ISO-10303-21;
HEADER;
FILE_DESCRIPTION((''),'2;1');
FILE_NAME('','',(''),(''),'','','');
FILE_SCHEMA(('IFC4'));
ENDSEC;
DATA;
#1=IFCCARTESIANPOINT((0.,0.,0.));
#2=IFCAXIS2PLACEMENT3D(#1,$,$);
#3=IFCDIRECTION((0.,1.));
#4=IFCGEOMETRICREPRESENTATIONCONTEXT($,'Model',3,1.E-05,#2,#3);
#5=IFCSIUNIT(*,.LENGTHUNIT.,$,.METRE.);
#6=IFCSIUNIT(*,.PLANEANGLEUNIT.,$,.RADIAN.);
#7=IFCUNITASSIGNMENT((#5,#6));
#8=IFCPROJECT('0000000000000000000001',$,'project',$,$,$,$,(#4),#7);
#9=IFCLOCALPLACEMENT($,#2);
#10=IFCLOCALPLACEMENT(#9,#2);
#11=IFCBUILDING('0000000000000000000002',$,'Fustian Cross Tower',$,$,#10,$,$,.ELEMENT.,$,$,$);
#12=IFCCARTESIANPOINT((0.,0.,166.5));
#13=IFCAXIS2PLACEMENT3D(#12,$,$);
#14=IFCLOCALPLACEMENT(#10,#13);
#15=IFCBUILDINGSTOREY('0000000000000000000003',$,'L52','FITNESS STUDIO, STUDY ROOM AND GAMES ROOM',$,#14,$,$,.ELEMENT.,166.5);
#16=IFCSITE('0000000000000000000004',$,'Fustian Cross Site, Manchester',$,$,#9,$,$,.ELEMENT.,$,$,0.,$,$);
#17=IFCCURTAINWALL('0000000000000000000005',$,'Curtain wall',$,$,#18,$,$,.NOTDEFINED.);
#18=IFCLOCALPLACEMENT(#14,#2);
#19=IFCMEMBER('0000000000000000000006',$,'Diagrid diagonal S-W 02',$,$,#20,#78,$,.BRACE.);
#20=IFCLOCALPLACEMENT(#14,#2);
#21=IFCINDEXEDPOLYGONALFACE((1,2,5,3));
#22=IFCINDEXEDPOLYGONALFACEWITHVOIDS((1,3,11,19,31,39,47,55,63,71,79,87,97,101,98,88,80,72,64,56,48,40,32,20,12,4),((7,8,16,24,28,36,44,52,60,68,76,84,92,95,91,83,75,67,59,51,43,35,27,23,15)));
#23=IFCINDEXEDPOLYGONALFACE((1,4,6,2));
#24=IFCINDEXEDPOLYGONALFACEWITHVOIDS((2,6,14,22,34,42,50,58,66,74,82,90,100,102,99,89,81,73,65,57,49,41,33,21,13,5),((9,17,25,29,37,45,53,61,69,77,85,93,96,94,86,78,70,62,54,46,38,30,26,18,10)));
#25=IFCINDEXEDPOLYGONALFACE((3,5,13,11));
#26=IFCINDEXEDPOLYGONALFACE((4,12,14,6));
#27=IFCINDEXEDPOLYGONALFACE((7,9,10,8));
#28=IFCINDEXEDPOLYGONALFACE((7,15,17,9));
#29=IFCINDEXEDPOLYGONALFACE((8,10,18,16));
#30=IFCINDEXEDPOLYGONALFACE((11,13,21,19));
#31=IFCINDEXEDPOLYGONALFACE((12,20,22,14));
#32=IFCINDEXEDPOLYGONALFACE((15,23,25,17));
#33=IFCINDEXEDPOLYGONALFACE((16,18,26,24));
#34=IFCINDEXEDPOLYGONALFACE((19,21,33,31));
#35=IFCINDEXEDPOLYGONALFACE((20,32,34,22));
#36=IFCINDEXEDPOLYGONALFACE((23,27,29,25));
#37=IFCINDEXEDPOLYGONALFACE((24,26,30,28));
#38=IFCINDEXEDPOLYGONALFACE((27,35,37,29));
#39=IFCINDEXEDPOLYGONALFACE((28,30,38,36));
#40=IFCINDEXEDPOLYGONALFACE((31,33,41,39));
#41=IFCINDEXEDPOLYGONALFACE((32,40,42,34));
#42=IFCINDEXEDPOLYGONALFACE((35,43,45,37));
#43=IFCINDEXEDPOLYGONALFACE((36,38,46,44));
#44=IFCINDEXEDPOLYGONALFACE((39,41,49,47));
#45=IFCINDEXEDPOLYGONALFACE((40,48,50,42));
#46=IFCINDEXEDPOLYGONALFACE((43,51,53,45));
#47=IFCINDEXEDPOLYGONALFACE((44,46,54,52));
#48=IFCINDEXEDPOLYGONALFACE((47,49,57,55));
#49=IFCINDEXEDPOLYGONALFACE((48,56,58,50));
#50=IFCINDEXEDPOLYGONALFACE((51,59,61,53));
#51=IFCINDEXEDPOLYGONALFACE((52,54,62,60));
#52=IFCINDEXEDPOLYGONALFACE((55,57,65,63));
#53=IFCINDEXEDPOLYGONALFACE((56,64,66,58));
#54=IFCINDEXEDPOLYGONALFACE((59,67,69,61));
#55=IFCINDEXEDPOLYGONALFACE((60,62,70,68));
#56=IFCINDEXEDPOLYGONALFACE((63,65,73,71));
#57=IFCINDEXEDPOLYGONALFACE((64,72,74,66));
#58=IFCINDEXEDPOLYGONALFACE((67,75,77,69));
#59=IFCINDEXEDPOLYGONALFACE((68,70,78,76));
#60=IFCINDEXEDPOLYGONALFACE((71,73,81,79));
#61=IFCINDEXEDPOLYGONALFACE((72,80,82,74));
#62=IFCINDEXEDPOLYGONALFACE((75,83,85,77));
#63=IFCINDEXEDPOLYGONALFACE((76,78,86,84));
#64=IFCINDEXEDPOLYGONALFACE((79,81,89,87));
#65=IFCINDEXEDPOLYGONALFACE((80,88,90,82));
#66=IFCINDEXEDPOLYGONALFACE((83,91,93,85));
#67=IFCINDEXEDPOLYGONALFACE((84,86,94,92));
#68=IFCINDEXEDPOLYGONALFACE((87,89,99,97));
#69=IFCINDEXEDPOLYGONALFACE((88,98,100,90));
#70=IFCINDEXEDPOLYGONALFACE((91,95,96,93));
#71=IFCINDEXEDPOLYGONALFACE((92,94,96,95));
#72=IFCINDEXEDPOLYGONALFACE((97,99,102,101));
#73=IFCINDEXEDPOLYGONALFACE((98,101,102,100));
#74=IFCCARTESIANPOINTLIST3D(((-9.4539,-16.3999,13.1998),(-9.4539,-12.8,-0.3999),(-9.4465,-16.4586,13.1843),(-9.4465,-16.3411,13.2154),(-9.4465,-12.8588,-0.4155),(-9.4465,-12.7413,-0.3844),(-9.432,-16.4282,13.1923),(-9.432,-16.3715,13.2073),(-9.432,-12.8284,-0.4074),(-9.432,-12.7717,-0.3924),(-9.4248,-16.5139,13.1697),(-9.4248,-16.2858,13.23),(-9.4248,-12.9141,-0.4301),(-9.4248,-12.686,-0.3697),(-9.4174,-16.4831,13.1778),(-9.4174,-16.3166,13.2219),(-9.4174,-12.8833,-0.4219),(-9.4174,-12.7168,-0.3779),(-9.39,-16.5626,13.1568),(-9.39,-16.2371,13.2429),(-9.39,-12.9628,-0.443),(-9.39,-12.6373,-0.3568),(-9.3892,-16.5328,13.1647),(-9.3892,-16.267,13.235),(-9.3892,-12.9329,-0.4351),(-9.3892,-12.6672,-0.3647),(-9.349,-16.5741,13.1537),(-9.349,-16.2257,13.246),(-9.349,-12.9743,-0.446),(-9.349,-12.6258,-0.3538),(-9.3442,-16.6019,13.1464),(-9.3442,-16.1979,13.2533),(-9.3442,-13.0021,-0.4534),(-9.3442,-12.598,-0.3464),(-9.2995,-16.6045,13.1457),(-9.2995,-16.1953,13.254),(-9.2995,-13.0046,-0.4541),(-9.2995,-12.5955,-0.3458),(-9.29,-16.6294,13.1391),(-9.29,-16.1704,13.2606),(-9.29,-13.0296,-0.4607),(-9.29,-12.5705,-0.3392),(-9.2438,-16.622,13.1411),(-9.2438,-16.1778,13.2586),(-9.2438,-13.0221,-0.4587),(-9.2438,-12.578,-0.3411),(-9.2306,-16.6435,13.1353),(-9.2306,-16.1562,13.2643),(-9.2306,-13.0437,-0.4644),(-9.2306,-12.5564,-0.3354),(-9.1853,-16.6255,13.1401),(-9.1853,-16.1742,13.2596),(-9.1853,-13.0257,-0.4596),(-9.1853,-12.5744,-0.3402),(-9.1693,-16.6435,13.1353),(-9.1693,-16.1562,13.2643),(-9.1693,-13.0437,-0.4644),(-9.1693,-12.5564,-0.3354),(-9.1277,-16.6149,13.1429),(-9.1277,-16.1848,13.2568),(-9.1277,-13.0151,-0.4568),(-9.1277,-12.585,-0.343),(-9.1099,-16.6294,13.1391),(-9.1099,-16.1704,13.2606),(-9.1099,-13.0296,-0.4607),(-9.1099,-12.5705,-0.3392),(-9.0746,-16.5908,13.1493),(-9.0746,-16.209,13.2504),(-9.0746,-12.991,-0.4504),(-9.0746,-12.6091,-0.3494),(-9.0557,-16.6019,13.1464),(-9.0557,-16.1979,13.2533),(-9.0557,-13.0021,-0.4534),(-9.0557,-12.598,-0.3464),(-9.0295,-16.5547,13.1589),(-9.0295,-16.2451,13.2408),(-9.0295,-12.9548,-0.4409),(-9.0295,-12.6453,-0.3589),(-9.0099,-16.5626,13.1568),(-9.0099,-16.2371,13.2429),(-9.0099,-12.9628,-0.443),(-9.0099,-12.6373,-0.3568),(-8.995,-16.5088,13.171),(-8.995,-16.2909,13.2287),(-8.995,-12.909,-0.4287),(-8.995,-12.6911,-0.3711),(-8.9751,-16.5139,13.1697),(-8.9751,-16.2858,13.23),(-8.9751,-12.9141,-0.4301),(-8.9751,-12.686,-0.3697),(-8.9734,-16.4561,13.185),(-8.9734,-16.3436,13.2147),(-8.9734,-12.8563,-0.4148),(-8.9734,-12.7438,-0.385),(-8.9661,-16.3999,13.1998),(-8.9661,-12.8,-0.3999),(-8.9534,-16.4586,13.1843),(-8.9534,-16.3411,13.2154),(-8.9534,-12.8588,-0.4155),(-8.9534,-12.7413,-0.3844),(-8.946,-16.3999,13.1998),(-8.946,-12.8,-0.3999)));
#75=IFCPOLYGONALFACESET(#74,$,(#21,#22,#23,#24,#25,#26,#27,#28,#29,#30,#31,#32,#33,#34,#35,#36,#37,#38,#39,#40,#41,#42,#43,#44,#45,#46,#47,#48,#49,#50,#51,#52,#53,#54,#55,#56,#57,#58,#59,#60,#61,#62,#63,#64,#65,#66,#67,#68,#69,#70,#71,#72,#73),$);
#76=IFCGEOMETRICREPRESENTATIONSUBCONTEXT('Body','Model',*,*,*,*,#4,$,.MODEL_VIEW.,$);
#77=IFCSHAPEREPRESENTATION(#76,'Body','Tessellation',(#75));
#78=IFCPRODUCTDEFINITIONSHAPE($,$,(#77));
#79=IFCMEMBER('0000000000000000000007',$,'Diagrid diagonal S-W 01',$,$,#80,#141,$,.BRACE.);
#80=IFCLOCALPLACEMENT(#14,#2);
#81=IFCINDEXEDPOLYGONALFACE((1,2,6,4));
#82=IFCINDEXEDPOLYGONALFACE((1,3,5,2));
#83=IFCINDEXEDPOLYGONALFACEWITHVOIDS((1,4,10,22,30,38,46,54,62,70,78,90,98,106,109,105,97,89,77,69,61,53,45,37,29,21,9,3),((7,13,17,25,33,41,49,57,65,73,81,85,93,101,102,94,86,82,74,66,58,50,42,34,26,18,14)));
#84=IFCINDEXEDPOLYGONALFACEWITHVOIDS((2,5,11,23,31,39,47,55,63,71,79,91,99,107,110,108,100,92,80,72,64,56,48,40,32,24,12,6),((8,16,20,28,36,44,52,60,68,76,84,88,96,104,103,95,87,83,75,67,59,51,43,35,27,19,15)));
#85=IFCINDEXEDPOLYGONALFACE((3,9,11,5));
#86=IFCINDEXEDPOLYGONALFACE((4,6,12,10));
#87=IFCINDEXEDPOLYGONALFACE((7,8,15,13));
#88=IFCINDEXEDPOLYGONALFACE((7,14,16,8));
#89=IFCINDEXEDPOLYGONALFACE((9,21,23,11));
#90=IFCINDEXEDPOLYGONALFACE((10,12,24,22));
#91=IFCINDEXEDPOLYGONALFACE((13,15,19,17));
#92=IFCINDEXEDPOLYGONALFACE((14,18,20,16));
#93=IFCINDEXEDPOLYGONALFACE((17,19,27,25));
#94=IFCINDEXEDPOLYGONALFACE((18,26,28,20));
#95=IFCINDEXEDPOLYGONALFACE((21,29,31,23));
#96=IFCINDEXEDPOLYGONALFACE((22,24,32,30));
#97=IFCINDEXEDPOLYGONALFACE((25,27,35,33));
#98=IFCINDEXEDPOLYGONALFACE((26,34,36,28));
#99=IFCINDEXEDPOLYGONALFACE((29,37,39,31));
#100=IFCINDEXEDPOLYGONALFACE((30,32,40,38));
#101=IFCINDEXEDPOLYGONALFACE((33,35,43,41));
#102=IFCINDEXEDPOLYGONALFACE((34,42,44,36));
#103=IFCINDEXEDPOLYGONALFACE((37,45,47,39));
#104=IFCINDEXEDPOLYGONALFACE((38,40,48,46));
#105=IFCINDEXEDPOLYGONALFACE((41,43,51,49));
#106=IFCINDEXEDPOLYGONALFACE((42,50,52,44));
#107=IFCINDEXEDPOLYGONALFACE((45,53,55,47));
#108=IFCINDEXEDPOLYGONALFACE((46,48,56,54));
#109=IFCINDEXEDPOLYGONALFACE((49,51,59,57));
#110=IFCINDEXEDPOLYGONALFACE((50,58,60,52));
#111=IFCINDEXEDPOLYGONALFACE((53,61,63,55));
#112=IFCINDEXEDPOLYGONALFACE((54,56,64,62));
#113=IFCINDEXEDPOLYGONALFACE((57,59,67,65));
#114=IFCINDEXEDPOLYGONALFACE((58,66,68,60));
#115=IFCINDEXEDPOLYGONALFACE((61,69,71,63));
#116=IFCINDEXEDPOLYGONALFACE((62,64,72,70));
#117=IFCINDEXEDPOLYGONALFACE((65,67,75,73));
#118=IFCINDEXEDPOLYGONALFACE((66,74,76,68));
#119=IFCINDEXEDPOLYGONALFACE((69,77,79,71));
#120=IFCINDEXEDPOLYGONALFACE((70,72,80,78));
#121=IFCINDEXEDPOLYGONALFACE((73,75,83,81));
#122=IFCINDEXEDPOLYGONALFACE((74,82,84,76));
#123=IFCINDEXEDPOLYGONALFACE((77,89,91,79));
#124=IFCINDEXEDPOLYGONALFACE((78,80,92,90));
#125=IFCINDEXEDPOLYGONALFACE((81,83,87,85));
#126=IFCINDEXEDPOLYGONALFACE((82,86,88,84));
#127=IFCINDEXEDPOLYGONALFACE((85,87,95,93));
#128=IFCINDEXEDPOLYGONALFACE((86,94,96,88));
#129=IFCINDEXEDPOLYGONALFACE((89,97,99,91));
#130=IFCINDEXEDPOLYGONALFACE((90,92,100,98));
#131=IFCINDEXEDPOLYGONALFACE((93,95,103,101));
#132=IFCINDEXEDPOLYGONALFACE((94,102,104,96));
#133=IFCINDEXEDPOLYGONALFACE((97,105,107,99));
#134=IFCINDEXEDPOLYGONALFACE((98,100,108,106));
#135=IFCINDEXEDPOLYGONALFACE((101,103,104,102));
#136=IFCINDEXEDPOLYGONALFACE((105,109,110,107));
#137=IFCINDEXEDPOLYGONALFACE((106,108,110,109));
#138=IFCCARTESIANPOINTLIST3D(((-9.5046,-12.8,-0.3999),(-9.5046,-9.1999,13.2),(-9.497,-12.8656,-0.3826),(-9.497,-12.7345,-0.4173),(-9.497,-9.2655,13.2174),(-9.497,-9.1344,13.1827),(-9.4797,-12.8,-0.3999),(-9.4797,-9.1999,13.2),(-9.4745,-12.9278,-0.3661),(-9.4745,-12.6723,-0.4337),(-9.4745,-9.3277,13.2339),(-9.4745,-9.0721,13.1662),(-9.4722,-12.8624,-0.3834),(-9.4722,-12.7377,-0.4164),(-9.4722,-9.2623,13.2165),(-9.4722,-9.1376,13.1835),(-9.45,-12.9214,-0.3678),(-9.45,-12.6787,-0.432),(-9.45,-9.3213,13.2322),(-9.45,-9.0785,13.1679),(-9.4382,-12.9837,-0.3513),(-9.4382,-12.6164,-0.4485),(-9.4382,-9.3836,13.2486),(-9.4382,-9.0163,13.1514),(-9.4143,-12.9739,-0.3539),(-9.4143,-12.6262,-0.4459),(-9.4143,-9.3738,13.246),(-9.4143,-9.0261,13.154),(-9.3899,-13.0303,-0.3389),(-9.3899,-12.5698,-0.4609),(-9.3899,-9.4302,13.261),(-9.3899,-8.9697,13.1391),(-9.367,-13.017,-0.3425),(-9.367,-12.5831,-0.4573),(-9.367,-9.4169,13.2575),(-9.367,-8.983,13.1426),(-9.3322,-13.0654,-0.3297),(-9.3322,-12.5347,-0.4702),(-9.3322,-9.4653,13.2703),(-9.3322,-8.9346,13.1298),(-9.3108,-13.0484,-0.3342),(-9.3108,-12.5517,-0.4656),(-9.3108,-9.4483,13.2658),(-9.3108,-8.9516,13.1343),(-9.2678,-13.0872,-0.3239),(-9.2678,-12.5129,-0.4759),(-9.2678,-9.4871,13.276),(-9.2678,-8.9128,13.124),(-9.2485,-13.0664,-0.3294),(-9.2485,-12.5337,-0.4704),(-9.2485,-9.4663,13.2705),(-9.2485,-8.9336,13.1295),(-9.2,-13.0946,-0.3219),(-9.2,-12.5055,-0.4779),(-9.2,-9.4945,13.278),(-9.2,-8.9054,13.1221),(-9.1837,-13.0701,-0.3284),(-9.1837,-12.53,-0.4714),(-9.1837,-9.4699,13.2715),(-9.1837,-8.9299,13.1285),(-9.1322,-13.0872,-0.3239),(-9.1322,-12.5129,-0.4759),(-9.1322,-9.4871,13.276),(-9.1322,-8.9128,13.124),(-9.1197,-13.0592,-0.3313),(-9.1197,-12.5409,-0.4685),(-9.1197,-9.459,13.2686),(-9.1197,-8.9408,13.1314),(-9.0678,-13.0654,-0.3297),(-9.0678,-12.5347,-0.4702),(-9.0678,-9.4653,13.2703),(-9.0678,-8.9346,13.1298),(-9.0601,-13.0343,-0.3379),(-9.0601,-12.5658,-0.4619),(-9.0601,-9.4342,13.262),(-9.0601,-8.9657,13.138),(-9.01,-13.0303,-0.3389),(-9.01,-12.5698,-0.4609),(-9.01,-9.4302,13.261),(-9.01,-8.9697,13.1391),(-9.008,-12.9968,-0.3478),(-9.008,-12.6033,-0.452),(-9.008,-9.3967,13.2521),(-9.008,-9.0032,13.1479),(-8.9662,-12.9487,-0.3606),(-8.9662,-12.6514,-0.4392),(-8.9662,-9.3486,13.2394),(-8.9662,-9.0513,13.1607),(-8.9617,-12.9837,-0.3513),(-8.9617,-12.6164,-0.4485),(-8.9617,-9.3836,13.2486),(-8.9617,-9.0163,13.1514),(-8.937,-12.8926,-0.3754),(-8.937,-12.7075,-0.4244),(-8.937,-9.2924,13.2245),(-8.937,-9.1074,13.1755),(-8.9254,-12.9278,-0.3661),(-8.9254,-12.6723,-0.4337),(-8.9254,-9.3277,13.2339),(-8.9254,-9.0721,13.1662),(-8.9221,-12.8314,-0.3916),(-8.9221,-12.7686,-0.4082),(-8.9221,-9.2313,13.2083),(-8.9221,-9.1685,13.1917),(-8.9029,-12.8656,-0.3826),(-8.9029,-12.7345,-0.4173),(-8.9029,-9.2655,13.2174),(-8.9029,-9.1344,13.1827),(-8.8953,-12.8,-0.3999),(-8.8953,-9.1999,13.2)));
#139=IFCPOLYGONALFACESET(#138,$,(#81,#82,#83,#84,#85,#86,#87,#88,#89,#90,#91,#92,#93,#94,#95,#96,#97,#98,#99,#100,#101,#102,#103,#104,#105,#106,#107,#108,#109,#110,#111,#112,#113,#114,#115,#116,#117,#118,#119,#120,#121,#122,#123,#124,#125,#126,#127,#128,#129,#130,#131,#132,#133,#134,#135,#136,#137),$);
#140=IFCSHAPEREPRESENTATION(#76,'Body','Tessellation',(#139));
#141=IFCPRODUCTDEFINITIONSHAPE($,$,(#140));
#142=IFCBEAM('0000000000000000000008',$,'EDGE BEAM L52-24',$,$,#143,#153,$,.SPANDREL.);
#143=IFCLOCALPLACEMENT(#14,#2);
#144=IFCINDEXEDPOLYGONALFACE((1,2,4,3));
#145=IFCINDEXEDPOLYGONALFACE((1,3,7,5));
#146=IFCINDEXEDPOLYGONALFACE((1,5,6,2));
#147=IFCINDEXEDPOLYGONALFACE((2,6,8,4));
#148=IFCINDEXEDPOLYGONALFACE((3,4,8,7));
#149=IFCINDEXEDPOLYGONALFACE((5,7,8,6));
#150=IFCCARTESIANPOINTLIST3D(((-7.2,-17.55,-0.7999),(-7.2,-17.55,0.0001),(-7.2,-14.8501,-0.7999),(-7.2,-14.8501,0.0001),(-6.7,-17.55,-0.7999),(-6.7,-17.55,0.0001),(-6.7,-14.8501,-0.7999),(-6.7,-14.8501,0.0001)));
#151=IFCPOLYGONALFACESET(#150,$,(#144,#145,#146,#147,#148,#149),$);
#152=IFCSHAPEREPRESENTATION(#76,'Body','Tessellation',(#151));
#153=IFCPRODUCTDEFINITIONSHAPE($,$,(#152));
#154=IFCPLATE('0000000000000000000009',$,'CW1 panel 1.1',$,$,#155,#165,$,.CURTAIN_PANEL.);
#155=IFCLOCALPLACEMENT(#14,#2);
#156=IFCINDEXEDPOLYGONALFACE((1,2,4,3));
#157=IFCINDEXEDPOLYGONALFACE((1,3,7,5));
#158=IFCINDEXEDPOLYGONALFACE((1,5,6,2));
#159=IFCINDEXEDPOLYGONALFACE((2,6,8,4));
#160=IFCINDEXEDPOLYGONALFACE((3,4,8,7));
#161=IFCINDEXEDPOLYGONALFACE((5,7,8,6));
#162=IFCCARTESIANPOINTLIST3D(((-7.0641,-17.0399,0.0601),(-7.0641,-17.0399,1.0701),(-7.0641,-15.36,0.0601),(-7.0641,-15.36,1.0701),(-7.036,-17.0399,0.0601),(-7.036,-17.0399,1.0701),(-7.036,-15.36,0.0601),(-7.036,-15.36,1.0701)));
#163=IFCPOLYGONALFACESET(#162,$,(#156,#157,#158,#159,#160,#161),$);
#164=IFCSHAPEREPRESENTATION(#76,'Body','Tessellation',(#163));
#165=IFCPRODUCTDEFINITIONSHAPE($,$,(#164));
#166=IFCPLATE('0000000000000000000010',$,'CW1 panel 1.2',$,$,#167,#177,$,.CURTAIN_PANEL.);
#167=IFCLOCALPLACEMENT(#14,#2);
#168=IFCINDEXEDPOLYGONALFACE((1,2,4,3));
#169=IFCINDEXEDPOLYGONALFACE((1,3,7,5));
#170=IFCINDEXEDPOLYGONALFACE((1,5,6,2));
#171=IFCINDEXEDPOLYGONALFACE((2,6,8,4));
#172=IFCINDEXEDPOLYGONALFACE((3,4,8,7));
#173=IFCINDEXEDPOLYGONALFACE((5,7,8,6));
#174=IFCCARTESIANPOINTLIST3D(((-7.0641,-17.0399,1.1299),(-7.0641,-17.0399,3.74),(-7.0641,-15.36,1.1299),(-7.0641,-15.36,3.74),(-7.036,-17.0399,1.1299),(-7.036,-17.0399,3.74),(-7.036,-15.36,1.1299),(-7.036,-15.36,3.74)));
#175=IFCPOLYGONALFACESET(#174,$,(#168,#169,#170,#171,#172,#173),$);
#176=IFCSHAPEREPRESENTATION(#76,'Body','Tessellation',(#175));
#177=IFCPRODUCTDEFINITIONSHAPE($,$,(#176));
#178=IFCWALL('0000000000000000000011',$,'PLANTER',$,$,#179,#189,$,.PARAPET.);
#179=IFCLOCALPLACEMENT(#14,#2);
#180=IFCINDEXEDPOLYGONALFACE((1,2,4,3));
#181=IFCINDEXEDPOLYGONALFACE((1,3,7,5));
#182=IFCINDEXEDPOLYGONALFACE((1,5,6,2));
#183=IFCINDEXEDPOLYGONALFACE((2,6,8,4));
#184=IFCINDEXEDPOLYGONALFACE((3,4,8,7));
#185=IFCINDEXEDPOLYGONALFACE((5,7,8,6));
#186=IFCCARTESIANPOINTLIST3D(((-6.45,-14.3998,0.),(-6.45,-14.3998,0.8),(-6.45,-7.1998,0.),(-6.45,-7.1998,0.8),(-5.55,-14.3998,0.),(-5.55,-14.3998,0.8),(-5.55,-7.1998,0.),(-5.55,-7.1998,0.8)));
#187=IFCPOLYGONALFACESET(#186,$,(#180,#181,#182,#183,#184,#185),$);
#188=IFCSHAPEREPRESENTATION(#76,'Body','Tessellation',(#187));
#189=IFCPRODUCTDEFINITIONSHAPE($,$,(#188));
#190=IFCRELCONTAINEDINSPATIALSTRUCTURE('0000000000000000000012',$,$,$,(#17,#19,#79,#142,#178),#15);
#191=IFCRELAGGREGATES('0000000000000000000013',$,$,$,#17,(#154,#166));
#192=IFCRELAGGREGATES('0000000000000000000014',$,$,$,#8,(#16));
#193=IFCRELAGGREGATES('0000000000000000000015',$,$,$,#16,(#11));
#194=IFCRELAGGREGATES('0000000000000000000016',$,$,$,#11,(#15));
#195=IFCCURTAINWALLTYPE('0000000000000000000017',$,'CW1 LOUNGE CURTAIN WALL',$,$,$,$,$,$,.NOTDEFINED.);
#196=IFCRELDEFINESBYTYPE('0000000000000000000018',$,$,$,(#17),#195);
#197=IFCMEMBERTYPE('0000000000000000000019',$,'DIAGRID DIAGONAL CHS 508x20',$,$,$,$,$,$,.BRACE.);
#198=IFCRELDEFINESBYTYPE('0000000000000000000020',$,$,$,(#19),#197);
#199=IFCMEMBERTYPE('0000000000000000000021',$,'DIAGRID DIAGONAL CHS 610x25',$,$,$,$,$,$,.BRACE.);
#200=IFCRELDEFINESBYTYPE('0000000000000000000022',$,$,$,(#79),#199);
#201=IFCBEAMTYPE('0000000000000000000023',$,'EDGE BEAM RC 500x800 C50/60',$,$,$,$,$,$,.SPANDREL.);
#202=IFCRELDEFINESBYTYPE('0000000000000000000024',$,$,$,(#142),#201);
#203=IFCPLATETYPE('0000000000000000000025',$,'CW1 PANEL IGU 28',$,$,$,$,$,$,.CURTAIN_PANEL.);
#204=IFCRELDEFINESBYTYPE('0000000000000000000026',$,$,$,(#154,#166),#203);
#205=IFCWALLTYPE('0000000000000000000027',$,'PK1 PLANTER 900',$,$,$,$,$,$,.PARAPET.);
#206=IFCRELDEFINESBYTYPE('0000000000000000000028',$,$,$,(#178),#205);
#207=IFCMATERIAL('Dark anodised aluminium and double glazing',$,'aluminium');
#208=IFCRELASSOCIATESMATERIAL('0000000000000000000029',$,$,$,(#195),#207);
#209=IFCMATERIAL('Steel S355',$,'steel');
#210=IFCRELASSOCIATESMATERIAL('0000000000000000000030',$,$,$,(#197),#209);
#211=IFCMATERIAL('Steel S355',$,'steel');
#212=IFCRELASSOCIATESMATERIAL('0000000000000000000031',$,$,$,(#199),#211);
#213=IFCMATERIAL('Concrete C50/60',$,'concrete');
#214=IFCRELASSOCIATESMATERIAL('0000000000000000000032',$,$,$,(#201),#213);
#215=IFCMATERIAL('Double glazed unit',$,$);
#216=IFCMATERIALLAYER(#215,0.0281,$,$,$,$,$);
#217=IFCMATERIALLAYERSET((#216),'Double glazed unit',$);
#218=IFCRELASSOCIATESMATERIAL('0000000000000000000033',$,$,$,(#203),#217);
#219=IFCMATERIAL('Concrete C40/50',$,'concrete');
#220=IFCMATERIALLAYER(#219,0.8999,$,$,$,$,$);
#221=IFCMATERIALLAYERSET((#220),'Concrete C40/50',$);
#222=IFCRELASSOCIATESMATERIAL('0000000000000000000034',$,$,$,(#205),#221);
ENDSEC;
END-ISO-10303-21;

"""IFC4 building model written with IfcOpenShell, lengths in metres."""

from ifc_helpers import new_model, si_unit, direction, frame, frame_2d, origin, origin_2d, place, context, subcontext, project, spatial, rectangle, hollow_circle, extrude, material, layer, layer_set, material_profile, profile_set, type_object, element, aggregate, save


model = new_model("IFC4")

# Units and contexts
model_context = context("Model", 3, precision=1e-05, world=origin(), true_north=direction((0.0, 1.0)))
body_context = subcontext(model_context, "Body", "Model", "MODEL_VIEW")
ifc_project = project(units=[si_unit("LENGTHUNIT", "METRE"), si_unit("PLANEANGLEUNIT", "RADIAN")], contexts=[model_context])

# Site, building, storey
site_placement = place(None, origin())
site = spatial("IfcSite", under=ifc_project, at=site_placement, Name="Fustian Cross Site, Manchester", CompositionType="ELEMENT", RefElevation=0.0)
building_placement = place(site_placement, origin())
building = spatial("IfcBuilding", under=site, at=building_placement, Name="Fustian Cross Tower", CompositionType="ELEMENT")
storey_placement = place(building_placement, frame((0.0, 0.0, 166.5)))
storey = spatial("IfcBuildingStorey", under=building, at=storey_placement, Name="L52", Description="FITNESS STUDIO, STUDY ROOM AND GAMES ROOM", CompositionType="ELEMENT", Elevation=166.5)

# Curtain wall
ifc_material_1 = material(Name="Dark anodised aluminium and double glazing", Category="aluminium")
curtain_wall_type = type_object("IfcCurtainWallType", Name="CW1 LOUNGE CURTAIN WALL", PredefinedType="NOTDEFINED", material=ifc_material_1)
curtain_wall_1_placement = place(storey_placement, origin())
curtain_wall_1 = element("IfcCurtainWall", 1, at=curtain_wall_1_placement, inside=storey, type_object=curtain_wall_type, Name="Curtain wall", PredefinedType="NOTDEFINED")

# Members
ifc_material_2 = material(Name="Steel S355", Category="steel")
ifc_material_profile_1 = material_profile(ifc_material_2, hollow_circle(Radius=0.2539, WallThickness=0.02, at=origin_2d()), Name="CHS 508x20")
ifc_profile_set_1 = profile_set([ifc_material_profile_1], Name="Steel S355")
member_type_1 = type_object("IfcMemberType", Name="DIAGRID DIAGONAL CHS 508x20", PredefinedType="BRACE", material=ifc_profile_set_1)
member_1_placement = place(storey_placement, frame((-9.2, -12.8, -0.3999), z_axis=(0.0, -0.255885, 0.966707), x_axis=(1.0, 0.0, 0.0)))
element("IfcMember", 2, at=member_1_placement, inside=storey, type_object=member_type_1, Name="Diagrid diagonal S-W 02", PredefinedType="BRACE", context=body_context, shape_type="SweptSolid", body=[
    extrude(hollow_circle(Radius=0.2539, WallThickness=0.02, at=origin_2d()), origin(), (0.0, 0.0, 1.0), 14.0681),
])
ifc_material_3 = material(Name="Steel S355", Category="steel")
ifc_material_profile_2 = material_profile(ifc_material_3, hollow_circle(Radius=0.3047, WallThickness=0.0249, at=origin_2d()), Name="CHS 610x25")
ifc_profile_set_2 = profile_set([ifc_material_profile_2], Name="Steel S355")
member_type_2 = type_object("IfcMemberType", Name="DIAGRID DIAGONAL CHS 610x25", PredefinedType="BRACE", material=ifc_profile_set_2)
member_2_placement = place(storey_placement, frame((-9.2, -12.8, -0.3999), z_axis=(0.0, 0.255902, 0.966703), x_axis=(-1.0, 0.0, 0.0)))
element("IfcMember", 3, at=member_2_placement, inside=storey, type_object=member_type_2, Name="Diagrid diagonal S-W 01", PredefinedType="BRACE", context=body_context, shape_type="SweptSolid", body=[
    extrude(hollow_circle(Radius=0.3047, WallThickness=0.0249, at=origin_2d()), origin(), (0.0, 0.0, 1.0), 14.0684),
])

# Beam
ifc_material_4 = material(Name="Concrete C50/60", Category="concrete")
ifc_material_profile_3 = material_profile(ifc_material_4, rectangle(XDim=0.5, YDim=0.8, at=origin_2d()), Name="RC 500x800")
ifc_profile_set_3 = profile_set([ifc_material_profile_3], Name="Concrete C50/60")
beam_type = type_object("IfcBeamType", Name="EDGE BEAM RC 500x800 C50/60", PredefinedType="SPANDREL", material=ifc_profile_set_3)
beam_placement = place(storey_placement, frame((-6.95, -14.8501, -0.3999), z_axis=(0.0, -1.0, 0.0), x_axis=(1.0, 0.0, 0.0)))
element("IfcBeam", 4, at=beam_placement, inside=storey, type_object=beam_type, Name="EDGE BEAM L52-24", PredefinedType="SPANDREL", context=body_context, shape_type="SweptSolid", body=[
    extrude(rectangle(XDim=0.5, YDim=0.8, at=origin_2d()), origin(), (0.0, 0.0, 1.0), 2.7),
])

# Plates
ifc_material_5 = material(Name="Double glazed unit")
ifc_layer_1 = layer(ifc_material_5, 0.0281)
ifc_layer_set_1 = layer_set([ifc_layer_1], Name="Double glazed unit")
plate_type = type_object("IfcPlateType", Name="CW1 PANEL IGU 28", PredefinedType="CURTAIN_PANEL", material=ifc_layer_set_1)
plate_1_placement = place(storey_placement, frame((-7.05, -16.2, 0.0601), z_axis=(0.0, 0.0, 1.0), x_axis=(0.0, -1.0, 0.0)))
plate_1 = element("IfcPlate", 5, at=plate_1_placement, type_object=plate_type, Name="CW1 panel 1.1", PredefinedType="CURTAIN_PANEL", context=body_context, shape_type="SweptSolid", body=[
    extrude(rectangle(XDim=1.6799, YDim=0.0281, at=origin_2d()), origin(), (0.0, 0.0, 1.0), 1.01),
])
plate_2_placement = place(storey_placement, frame((-7.05, -16.2, 1.1299), z_axis=(0.0, 0.0, 1.0), x_axis=(0.0, -1.0, 0.0)))
plate_2 = element("IfcPlate", 6, at=plate_2_placement, type_object=plate_type, Name="CW1 panel 1.2", PredefinedType="CURTAIN_PANEL", context=body_context, shape_type="SweptSolid", body=[
    extrude(rectangle(XDim=1.6799, YDim=0.0281, at=origin_2d()), origin(), (0.0, 0.0, 1.0), 2.6101),
])
aggregate(curtain_wall_1, [plate_1, plate_2])

# Wall
ifc_material_6 = material(Name="Concrete C40/50", Category="concrete")
ifc_layer_2 = layer(ifc_material_6, 0.8999)
ifc_layer_set_2 = layer_set([ifc_layer_2], Name="Concrete C40/50")
wall_type_1 = type_object("IfcWallType", Name="PK1 PLANTER 900", PredefinedType="PARAPET", material=ifc_layer_set_2)
wall_1_placement = place(storey_placement, frame((-6.0, -14.3999, 0.0), z_axis=(0.0, 0.0, 1.0), x_axis=(0.0, 1.0, 0.0)))
element("IfcWall", 7, at=wall_1_placement, inside=storey, type_object=wall_type_1, Name="PLANTER", PredefinedType="PARAPET", context=body_context, shape_type="SweptSolid", body=[
    extrude(rectangle(XDim=7.2, YDim=0.8999, at=frame_2d((3.6001, 0.0))), origin(), (0.0, 0.0, 1.0), 0.8),
])

save(model, "model.ifc")
